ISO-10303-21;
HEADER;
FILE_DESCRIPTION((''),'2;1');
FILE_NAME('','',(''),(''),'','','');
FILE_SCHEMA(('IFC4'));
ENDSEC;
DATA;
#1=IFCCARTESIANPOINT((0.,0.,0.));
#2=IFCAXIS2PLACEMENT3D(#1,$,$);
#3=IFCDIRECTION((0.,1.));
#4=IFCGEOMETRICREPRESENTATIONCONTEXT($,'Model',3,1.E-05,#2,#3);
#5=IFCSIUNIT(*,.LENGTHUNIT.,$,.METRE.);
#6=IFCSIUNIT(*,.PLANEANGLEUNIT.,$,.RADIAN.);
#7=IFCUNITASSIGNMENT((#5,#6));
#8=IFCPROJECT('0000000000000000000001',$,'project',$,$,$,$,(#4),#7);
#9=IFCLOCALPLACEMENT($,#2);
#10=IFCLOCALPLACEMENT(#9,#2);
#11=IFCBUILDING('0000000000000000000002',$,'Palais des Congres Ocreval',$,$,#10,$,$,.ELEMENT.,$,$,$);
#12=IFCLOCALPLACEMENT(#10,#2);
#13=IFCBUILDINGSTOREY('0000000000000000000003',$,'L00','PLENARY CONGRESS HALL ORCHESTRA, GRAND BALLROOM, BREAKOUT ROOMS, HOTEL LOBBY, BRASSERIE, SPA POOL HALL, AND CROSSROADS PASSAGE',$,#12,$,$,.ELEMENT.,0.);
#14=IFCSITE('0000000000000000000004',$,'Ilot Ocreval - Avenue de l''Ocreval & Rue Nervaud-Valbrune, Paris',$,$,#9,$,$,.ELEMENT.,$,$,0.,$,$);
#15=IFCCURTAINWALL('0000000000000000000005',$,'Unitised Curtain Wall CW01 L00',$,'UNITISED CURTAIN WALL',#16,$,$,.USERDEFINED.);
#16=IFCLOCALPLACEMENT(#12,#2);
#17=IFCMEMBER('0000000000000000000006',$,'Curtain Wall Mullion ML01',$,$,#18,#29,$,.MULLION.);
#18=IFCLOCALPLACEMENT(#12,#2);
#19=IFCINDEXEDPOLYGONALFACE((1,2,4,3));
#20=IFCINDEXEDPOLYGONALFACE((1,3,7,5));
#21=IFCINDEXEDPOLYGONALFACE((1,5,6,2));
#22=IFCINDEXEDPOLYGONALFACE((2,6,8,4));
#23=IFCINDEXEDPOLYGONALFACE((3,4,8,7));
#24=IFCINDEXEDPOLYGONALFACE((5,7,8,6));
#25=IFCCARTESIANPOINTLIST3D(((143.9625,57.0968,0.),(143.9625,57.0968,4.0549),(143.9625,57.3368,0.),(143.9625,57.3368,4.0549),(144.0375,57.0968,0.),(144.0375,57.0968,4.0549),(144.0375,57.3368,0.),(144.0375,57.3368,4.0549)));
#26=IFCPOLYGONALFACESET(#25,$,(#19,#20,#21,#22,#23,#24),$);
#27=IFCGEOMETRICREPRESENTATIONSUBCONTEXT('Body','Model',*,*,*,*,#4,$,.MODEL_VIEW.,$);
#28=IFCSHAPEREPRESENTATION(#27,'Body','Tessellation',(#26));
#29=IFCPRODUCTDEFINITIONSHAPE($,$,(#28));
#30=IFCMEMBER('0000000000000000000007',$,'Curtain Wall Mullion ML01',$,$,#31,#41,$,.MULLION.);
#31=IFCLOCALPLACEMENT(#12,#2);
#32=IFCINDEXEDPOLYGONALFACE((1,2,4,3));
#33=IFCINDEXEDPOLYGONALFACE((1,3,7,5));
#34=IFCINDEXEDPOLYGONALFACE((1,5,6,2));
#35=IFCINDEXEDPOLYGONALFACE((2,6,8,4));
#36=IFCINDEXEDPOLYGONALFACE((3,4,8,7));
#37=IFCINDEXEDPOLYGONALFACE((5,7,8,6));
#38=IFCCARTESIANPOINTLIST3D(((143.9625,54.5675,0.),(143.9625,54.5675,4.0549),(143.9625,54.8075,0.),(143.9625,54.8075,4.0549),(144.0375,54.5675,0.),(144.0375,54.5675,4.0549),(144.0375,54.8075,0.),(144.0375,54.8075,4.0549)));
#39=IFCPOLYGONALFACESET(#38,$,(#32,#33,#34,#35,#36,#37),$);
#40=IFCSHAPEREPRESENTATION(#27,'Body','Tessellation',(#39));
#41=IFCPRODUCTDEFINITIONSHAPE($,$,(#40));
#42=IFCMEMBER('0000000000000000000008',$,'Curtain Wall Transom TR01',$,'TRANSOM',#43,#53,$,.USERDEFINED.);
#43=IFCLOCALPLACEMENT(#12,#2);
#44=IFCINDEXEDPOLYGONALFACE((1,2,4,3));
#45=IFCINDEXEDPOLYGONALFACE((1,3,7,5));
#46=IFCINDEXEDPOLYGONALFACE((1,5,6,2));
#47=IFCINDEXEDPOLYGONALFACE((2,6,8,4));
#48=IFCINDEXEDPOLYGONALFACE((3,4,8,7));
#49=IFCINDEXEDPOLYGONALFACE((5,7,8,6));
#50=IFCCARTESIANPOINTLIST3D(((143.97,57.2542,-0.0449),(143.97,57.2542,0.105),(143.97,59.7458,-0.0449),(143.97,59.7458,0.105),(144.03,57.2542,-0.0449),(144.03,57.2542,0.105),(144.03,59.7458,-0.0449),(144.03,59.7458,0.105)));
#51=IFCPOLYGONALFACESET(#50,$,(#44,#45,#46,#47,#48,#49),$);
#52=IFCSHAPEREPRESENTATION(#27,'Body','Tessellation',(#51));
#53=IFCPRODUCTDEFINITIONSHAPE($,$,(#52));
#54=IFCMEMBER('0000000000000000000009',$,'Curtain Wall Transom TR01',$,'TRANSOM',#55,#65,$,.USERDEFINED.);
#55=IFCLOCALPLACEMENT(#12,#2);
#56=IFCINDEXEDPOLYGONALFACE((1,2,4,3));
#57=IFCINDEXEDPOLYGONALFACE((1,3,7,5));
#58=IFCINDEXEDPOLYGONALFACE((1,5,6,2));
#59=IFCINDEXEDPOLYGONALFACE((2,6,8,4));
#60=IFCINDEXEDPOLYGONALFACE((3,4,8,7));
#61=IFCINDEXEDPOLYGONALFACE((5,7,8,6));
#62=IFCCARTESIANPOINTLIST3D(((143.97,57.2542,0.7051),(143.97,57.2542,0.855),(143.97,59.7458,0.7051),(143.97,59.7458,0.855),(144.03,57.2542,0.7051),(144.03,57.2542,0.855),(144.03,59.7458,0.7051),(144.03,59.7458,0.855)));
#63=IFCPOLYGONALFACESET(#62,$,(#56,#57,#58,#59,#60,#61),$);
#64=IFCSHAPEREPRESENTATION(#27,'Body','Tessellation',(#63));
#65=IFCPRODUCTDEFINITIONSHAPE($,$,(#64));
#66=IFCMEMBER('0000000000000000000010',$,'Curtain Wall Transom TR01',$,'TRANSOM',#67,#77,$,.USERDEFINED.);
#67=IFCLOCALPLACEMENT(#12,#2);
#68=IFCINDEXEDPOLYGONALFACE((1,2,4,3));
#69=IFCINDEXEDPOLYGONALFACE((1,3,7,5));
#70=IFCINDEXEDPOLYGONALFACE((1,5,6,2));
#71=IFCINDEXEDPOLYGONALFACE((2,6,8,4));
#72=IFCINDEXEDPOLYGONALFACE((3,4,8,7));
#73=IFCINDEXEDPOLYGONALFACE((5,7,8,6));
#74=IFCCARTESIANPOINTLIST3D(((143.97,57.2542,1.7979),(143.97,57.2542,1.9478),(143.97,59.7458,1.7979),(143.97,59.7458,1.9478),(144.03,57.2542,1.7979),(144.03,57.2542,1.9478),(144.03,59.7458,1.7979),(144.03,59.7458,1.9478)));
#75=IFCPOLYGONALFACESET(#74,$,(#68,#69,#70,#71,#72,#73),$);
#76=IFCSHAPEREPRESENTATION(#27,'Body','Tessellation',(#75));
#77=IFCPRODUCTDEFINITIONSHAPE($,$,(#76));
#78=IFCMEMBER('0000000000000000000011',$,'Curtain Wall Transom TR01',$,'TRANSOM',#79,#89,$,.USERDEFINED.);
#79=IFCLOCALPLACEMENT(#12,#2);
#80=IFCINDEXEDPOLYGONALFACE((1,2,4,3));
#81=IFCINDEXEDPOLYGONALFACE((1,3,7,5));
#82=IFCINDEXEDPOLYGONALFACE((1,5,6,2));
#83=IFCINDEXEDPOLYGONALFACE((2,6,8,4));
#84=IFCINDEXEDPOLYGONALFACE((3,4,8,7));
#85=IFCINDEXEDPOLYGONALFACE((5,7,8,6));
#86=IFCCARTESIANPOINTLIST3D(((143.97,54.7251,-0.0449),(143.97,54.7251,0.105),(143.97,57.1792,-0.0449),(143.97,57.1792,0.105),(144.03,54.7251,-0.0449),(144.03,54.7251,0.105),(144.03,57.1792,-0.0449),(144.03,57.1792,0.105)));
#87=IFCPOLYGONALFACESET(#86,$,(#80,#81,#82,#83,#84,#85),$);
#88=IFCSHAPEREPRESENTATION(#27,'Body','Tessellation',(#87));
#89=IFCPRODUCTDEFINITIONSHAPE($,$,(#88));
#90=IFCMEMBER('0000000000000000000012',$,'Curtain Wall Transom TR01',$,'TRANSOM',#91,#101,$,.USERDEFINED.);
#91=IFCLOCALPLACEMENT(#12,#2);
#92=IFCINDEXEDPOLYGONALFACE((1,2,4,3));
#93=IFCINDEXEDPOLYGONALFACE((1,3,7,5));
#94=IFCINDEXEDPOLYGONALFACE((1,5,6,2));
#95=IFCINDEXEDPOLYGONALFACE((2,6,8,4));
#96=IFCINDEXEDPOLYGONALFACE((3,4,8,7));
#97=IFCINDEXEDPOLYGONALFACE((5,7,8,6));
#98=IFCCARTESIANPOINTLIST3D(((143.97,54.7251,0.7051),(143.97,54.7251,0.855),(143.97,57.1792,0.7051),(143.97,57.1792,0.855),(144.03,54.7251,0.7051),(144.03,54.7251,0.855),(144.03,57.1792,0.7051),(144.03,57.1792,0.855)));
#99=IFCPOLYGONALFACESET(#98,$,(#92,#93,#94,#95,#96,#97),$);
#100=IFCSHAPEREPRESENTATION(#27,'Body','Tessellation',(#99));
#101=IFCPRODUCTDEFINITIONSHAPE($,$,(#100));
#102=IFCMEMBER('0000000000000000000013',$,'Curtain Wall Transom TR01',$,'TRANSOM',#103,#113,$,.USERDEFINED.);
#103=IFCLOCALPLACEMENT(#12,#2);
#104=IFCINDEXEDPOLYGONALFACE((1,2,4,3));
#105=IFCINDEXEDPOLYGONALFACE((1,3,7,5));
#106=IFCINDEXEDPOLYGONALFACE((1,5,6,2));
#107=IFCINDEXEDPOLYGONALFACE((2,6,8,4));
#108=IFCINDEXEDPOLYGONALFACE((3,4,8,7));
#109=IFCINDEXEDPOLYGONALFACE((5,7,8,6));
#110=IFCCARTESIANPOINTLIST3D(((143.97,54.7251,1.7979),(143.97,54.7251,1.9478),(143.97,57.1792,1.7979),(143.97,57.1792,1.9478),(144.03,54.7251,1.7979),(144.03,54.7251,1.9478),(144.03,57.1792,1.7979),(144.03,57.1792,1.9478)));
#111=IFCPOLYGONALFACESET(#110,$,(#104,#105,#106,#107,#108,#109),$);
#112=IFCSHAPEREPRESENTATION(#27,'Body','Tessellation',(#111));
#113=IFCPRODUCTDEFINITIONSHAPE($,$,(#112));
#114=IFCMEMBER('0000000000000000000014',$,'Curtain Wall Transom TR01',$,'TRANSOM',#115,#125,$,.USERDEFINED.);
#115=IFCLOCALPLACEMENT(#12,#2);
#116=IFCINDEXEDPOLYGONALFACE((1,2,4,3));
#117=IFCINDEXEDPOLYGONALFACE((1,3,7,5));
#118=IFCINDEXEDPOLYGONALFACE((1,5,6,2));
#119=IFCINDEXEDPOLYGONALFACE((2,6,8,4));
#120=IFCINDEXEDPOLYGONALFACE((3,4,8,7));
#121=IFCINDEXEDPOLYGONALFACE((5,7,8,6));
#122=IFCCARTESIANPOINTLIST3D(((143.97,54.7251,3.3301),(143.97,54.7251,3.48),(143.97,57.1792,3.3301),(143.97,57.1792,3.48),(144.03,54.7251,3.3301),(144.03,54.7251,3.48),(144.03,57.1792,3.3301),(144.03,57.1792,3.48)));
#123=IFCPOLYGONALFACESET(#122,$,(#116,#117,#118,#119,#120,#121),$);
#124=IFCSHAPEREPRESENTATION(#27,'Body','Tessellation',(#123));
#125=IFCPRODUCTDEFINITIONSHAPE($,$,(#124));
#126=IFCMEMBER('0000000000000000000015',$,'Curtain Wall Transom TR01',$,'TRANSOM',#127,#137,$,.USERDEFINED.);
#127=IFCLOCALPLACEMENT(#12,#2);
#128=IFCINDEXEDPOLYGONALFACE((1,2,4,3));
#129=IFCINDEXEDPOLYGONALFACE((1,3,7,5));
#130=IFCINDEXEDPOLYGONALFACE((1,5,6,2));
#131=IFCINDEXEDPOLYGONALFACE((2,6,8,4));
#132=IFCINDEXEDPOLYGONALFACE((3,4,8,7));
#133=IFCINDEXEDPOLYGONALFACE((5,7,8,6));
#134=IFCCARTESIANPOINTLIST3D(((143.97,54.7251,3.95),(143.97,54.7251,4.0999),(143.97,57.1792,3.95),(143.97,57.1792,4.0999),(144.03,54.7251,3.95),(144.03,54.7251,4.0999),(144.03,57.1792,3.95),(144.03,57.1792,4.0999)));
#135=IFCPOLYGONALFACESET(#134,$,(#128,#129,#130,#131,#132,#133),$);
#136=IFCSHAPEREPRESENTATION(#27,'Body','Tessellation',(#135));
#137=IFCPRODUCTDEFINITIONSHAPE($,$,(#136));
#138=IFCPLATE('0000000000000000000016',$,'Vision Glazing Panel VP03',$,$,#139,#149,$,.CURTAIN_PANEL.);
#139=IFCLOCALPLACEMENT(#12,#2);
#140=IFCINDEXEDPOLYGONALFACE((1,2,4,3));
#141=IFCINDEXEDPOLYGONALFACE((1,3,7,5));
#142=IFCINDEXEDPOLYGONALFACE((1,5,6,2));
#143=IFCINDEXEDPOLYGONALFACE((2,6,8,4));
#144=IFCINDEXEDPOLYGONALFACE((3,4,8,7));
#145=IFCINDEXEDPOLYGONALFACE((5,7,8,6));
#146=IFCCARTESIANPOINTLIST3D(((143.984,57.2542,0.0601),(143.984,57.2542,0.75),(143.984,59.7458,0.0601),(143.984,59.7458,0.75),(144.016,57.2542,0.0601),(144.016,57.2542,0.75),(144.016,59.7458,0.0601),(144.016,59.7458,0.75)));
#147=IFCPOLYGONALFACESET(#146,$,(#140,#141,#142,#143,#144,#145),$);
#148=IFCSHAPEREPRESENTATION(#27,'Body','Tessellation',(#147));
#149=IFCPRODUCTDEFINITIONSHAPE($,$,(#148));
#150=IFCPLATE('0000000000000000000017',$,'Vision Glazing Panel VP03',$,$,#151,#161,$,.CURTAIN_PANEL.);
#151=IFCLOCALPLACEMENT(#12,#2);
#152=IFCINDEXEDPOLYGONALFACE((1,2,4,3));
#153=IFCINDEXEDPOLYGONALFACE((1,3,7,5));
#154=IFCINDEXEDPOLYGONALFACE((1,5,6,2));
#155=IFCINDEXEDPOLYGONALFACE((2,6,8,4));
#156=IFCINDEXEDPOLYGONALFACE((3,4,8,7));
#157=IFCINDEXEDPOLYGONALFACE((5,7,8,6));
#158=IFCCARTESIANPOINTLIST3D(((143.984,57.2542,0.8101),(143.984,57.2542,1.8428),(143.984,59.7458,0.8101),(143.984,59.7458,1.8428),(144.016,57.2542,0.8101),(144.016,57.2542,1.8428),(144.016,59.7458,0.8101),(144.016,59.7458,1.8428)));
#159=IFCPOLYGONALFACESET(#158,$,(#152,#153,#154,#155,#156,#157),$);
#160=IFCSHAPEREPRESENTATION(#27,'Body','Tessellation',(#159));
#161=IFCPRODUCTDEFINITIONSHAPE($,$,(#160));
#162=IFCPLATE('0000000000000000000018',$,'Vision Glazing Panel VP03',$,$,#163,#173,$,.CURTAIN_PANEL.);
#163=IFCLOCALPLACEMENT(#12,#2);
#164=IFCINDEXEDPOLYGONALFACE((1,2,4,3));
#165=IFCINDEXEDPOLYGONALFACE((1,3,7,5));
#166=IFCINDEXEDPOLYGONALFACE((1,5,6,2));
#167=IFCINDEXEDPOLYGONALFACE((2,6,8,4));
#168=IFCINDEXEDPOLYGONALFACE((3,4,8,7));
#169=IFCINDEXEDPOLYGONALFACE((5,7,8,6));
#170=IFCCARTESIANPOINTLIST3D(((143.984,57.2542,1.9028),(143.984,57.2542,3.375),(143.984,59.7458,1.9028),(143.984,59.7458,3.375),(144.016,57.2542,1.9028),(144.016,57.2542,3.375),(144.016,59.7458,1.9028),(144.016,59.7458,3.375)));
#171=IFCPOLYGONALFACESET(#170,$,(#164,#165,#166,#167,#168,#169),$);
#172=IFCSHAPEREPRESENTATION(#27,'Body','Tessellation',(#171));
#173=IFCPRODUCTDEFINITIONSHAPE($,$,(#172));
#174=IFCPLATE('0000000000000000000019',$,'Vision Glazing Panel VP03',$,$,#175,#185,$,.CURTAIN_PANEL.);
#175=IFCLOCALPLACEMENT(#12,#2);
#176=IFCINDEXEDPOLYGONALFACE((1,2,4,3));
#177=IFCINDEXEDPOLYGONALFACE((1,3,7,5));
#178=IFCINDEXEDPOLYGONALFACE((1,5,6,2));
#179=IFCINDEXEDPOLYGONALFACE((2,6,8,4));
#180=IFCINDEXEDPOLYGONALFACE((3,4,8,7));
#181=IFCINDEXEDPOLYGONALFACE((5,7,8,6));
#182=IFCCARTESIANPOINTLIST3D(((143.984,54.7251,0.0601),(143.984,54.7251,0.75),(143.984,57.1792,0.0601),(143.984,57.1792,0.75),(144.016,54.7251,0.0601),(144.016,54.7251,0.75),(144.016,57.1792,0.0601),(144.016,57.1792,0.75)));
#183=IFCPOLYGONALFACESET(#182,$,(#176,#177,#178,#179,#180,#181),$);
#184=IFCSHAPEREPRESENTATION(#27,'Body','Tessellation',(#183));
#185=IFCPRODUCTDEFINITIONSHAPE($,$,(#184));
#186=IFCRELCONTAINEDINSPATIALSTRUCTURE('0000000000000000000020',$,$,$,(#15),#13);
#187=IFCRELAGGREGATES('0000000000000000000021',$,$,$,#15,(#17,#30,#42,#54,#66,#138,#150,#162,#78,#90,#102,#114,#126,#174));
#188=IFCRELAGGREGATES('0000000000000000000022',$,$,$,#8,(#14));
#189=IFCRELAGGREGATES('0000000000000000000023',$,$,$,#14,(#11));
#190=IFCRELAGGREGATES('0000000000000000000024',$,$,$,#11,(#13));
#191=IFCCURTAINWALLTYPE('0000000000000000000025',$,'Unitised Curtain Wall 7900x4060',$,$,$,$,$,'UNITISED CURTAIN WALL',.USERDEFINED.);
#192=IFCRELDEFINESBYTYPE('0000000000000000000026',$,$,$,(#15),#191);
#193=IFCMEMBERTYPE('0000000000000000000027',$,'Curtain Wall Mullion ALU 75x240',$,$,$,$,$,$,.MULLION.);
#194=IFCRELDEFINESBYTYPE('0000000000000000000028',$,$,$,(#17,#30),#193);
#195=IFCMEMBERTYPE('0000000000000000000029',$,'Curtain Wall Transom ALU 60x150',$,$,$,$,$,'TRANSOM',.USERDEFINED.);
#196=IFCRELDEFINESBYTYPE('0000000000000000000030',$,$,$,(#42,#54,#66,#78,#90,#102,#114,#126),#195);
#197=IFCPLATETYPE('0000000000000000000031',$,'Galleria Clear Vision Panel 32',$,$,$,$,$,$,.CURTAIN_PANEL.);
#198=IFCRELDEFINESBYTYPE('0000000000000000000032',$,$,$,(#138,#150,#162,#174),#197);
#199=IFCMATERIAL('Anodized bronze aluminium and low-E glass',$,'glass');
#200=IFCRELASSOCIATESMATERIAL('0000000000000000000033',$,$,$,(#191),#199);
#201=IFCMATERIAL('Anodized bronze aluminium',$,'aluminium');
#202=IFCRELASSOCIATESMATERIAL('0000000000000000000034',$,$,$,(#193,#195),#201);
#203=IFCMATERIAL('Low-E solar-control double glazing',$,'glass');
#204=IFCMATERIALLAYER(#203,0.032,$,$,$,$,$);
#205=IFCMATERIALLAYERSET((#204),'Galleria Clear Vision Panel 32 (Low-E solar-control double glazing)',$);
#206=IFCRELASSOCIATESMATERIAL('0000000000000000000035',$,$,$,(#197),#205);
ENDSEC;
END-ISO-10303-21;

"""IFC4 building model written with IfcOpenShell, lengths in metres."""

from ifc_helpers import new_model, si_unit, direction, frame, origin, origin_2d, place, context, subcontext, project, spatial, rectangle, extrude, material, layer, layer_set, material_profile, profile_set, type_object, element, aggregate, save


model = new_model("IFC4")

# Units and contexts
model_context = context("Model", 3, precision=1e-05, world=origin(), true_north=direction((0.0, 1.0)))
body_context = subcontext(model_context, "Body", "Model", "MODEL_VIEW")
ifc_project = project(units=[si_unit("LENGTHUNIT", "METRE"), si_unit("PLANEANGLEUNIT", "RADIAN")], contexts=[model_context])

# Site, building, storey
site_placement = place(None, origin())
site = spatial("IfcSite", under=ifc_project, at=site_placement, Name="Ilot Ocreval - Avenue de l'Ocreval & Rue Nervaud-Valbrune, Paris", CompositionType="ELEMENT", RefElevation=0.0)
building_placement = place(site_placement, origin())
building = spatial("IfcBuilding", under=site, at=building_placement, Name="Palais des Congres Ocreval", CompositionType="ELEMENT")
storey_placement = place(building_placement, origin())
storey = spatial("IfcBuildingStorey", under=building, at=storey_placement, Name="L00", Description="PLENARY CONGRESS HALL ORCHESTRA, GRAND BALLROOM, BREAKOUT ROOMS, HOTEL LOBBY, BRASSERIE, SPA POOL HALL, AND CROSSROADS PASSAGE", CompositionType="ELEMENT", Elevation=0.0)

# Curtain wall, members, plates
ifc_material_1 = material(Name="Anodized bronze aluminium and low-E glass", Category="glass")
curtain_wall_type = type_object("IfcCurtainWallType", Name="Unitised Curtain Wall 7900x4060", ElementType="UNITISED CURTAIN WALL", PredefinedType="USERDEFINED", material=ifc_material_1)
curtain_wall_placement = place(storey_placement, origin())
curtain_wall = element("IfcCurtainWall", 1, at=curtain_wall_placement, inside=storey, type_object=curtain_wall_type, Name="Unitised Curtain Wall CW01 L00", ObjectType="UNITISED CURTAIN WALL", PredefinedType="USERDEFINED")
ifc_material_2 = material(Name="Anodized bronze aluminium", Category="aluminium")
ifc_material_profile_1 = material_profile(ifc_material_2, rectangle(XDim=0.075, YDim=0.24, at=origin_2d()), Name="ALU 75x240")
ifc_profile_set_1 = profile_set([ifc_material_profile_1], Name="Anodized bronze aluminium")
member_type_1 = type_object("IfcMemberType", Name="Curtain Wall Mullion ALU 75x240", PredefinedType="MULLION", material=ifc_profile_set_1)
member_1_placement = place(storey_placement, frame((144.0, 57.2168, 0.0), z_axis=(0.0, 0.0, 1.0), x_axis=(1.0, 0.0, 0.0)))
member_1 = element("IfcMember", 2, at=member_1_placement, type_object=member_type_1, Name="Curtain Wall Mullion ML01", PredefinedType="MULLION", context=body_context, shape_type="SweptSolid", body=[
    extrude(rectangle(XDim=0.075, YDim=0.24, at=origin_2d()), origin(), (0.0, 0.0, 1.0), 4.0549),
])
member_2_placement = place(storey_placement, frame((144.0, 54.6875, 0.0), z_axis=(0.0, 0.0, 1.0), x_axis=(1.0, 0.0, 0.0)))
member_2 = element("IfcMember", 3, at=member_2_placement, type_object=member_type_1, Name="Curtain Wall Mullion ML01", PredefinedType="MULLION", context=body_context, shape_type="SweptSolid", body=[
    extrude(rectangle(XDim=0.075, YDim=0.24, at=origin_2d()), origin(), (0.0, 0.0, 1.0), 4.0549),
])
ifc_material_profile_2 = material_profile(ifc_material_2, rectangle(XDim=0.0601, YDim=0.1499, at=origin_2d()), Name="ALU 60x150")
ifc_profile_set_2 = profile_set([ifc_material_profile_2], Name="Anodized bronze aluminium")
member_type_2 = type_object("IfcMemberType", Name="Curtain Wall Transom ALU 60x150", ElementType="TRANSOM", PredefinedType="USERDEFINED", material=ifc_profile_set_2)
member_3_placement = place(storey_placement, frame((144.0, 59.7458, 0.03), z_axis=(0.0, -1.0, 0.0), x_axis=(1.0, 0.0, 0.0)))
member_3 = element("IfcMember", 4, at=member_3_placement, type_object=member_type_2, Name="Curtain Wall Transom TR01", ObjectType="TRANSOM", PredefinedType="USERDEFINED", context=body_context, shape_type="SweptSolid", body=[
    extrude(rectangle(XDim=0.0601, YDim=0.1499, at=origin_2d()), origin(), (0.0, 0.0, 1.0), 2.4917),
])
member_4_placement = place(storey_placement, frame((144.0, 59.7458, 0.78), z_axis=(0.0, -1.0, 0.0), x_axis=(1.0, 0.0, 0.0)))
member_4 = element("IfcMember", 5, at=member_4_placement, type_object=member_type_2, Name="Curtain Wall Transom TR01", ObjectType="TRANSOM", PredefinedType="USERDEFINED", context=body_context, shape_type="SweptSolid", body=[
    extrude(rectangle(XDim=0.0601, YDim=0.1499, at=origin_2d()), origin(), (0.0, 0.0, 1.0), 2.4917),
])
member_5_placement = place(storey_placement, frame((144.0, 59.7458, 1.8728), z_axis=(0.0, -1.0, 0.0), x_axis=(1.0, 0.0, 0.0)))
member_5 = element("IfcMember", 6, at=member_5_placement, type_object=member_type_2, Name="Curtain Wall Transom TR01", ObjectType="TRANSOM", PredefinedType="USERDEFINED", context=body_context, shape_type="SweptSolid", body=[
    extrude(rectangle(XDim=0.0601, YDim=0.1499, at=origin_2d()), origin(), (0.0, 0.0, 1.0), 2.4917),
])
member_6_placement = place(storey_placement, frame((144.0, 57.1792, 0.03), z_axis=(0.0, -1.0, 0.0), x_axis=(1.0, 0.0, 0.0)))
member_6 = element("IfcMember", 7, at=member_6_placement, type_object=member_type_2, Name="Curtain Wall Transom TR01", ObjectType="TRANSOM", PredefinedType="USERDEFINED", context=body_context, shape_type="SweptSolid", body=[
    extrude(rectangle(XDim=0.0601, YDim=0.1499, at=origin_2d()), origin(), (0.0, 0.0, 1.0), 2.4541),
])
member_7_placement = place(storey_placement, frame((144.0, 57.1792, 0.78), z_axis=(0.0, -1.0, 0.0), x_axis=(1.0, 0.0, 0.0)))
member_7 = element("IfcMember", 8, at=member_7_placement, type_object=member_type_2, Name="Curtain Wall Transom TR01", ObjectType="TRANSOM", PredefinedType="USERDEFINED", context=body_context, shape_type="SweptSolid", body=[
    extrude(rectangle(XDim=0.0601, YDim=0.1499, at=origin_2d()), origin(), (0.0, 0.0, 1.0), 2.4541),
])
member_8_placement = place(storey_placement, frame((144.0, 57.1792, 1.8728), z_axis=(0.0, -1.0, 0.0), x_axis=(1.0, 0.0, 0.0)))
member_8 = element("IfcMember", 9, at=member_8_placement, type_object=member_type_2, Name="Curtain Wall Transom TR01", ObjectType="TRANSOM", PredefinedType="USERDEFINED", context=body_context, shape_type="SweptSolid", body=[
    extrude(rectangle(XDim=0.0601, YDim=0.1499, at=origin_2d()), origin(), (0.0, 0.0, 1.0), 2.4541),
])
member_9_placement = place(storey_placement, frame((144.0, 57.1792, 3.405), z_axis=(0.0, -1.0, 0.0), x_axis=(1.0, 0.0, 0.0)))
member_9 = element("IfcMember", 10, at=member_9_placement, type_object=member_type_2, Name="Curtain Wall Transom TR01", ObjectType="TRANSOM", PredefinedType="USERDEFINED", context=body_context, shape_type="SweptSolid", body=[
    extrude(rectangle(XDim=0.0601, YDim=0.1499, at=origin_2d()), origin(), (0.0, 0.0, 1.0), 2.4541),
])
member_10_placement = place(storey_placement, frame((144.0, 57.1792, 4.0249), z_axis=(0.0, -1.0, 0.0), x_axis=(1.0, 0.0, 0.0)))
member_10 = element("IfcMember", 11, at=member_10_placement, type_object=member_type_2, Name="Curtain Wall Transom TR01", ObjectType="TRANSOM", PredefinedType="USERDEFINED", context=body_context, shape_type="SweptSolid", body=[
    extrude(rectangle(XDim=0.0601, YDim=0.1499, at=origin_2d()), origin(), (0.0, 0.0, 1.0), 2.4541),
])
ifc_material_3 = material(Name="Low-E solar-control double glazing", Category="glass")
ifc_layer_1 = layer(ifc_material_3, 0.032)
ifc_layer_set_1 = layer_set([ifc_layer_1], Name="Galleria Clear Vision Panel 32 (Low-E solar-control double glazing)")
plate_type_1 = type_object("IfcPlateType", Name="Galleria Clear Vision Panel 32", PredefinedType="CURTAIN_PANEL", material=ifc_layer_set_1)
plate_1_placement = place(storey_placement, frame((144.0, 58.5, 0.0601), z_axis=(0.0, 0.0, 1.0), x_axis=(0.0, -1.0, 0.0)))
plate_1 = element("IfcPlate", 12, at=plate_1_placement, type_object=plate_type_1, Name="Vision Glazing Panel VP03", PredefinedType="CURTAIN_PANEL", context=body_context, shape_type="SweptSolid", body=[
    extrude(rectangle(XDim=2.4917, YDim=0.032, at=origin_2d()), origin(), (0.0, 0.0, 1.0), 0.6899),
])
plate_2_placement = place(storey_placement, frame((144.0, 58.5, 0.8101), z_axis=(0.0, 0.0, 1.0), x_axis=(0.0, -1.0, 0.0)))
plate_2 = element("IfcPlate", 13, at=plate_2_placement, type_object=plate_type_1, Name="Vision Glazing Panel VP03", PredefinedType="CURTAIN_PANEL", context=body_context, shape_type="SweptSolid", body=[
    extrude(rectangle(XDim=2.4917, YDim=0.032, at=origin_2d()), origin(), (0.0, 0.0, 1.0), 1.0327),
])
plate_3_placement = place(storey_placement, frame((144.0, 58.5, 1.9028), z_axis=(0.0, 0.0, 1.0), x_axis=(0.0, -1.0, 0.0)))
plate_3 = element("IfcPlate", 14, at=plate_3_placement, type_object=plate_type_1, Name="Vision Glazing Panel VP03", PredefinedType="CURTAIN_PANEL", context=body_context, shape_type="SweptSolid", body=[
    extrude(rectangle(XDim=2.4917, YDim=0.032, at=origin_2d()), origin(), (0.0, 0.0, 1.0), 1.4722),
])
plate_4_placement = place(storey_placement, frame((144.0, 55.9521, 0.0601), z_axis=(0.0, 0.0, 1.0), x_axis=(0.0, -1.0, 0.0)))
plate_4 = element("IfcPlate", 15, at=plate_4_placement, type_object=plate_type_1, Name="Vision Glazing Panel VP03", PredefinedType="CURTAIN_PANEL", context=body_context, shape_type="SweptSolid", body=[
    extrude(rectangle(XDim=2.4541, YDim=0.032, at=origin_2d()), origin(), (0.0, 0.0, 1.0), 0.6899),
])
aggregate(curtain_wall, [member_1, member_2, member_3, member_4, member_5, plate_1, plate_2, plate_3, member_6, member_7, member_8, member_9, member_10, plate_4])

save(model, "model.ifc")
